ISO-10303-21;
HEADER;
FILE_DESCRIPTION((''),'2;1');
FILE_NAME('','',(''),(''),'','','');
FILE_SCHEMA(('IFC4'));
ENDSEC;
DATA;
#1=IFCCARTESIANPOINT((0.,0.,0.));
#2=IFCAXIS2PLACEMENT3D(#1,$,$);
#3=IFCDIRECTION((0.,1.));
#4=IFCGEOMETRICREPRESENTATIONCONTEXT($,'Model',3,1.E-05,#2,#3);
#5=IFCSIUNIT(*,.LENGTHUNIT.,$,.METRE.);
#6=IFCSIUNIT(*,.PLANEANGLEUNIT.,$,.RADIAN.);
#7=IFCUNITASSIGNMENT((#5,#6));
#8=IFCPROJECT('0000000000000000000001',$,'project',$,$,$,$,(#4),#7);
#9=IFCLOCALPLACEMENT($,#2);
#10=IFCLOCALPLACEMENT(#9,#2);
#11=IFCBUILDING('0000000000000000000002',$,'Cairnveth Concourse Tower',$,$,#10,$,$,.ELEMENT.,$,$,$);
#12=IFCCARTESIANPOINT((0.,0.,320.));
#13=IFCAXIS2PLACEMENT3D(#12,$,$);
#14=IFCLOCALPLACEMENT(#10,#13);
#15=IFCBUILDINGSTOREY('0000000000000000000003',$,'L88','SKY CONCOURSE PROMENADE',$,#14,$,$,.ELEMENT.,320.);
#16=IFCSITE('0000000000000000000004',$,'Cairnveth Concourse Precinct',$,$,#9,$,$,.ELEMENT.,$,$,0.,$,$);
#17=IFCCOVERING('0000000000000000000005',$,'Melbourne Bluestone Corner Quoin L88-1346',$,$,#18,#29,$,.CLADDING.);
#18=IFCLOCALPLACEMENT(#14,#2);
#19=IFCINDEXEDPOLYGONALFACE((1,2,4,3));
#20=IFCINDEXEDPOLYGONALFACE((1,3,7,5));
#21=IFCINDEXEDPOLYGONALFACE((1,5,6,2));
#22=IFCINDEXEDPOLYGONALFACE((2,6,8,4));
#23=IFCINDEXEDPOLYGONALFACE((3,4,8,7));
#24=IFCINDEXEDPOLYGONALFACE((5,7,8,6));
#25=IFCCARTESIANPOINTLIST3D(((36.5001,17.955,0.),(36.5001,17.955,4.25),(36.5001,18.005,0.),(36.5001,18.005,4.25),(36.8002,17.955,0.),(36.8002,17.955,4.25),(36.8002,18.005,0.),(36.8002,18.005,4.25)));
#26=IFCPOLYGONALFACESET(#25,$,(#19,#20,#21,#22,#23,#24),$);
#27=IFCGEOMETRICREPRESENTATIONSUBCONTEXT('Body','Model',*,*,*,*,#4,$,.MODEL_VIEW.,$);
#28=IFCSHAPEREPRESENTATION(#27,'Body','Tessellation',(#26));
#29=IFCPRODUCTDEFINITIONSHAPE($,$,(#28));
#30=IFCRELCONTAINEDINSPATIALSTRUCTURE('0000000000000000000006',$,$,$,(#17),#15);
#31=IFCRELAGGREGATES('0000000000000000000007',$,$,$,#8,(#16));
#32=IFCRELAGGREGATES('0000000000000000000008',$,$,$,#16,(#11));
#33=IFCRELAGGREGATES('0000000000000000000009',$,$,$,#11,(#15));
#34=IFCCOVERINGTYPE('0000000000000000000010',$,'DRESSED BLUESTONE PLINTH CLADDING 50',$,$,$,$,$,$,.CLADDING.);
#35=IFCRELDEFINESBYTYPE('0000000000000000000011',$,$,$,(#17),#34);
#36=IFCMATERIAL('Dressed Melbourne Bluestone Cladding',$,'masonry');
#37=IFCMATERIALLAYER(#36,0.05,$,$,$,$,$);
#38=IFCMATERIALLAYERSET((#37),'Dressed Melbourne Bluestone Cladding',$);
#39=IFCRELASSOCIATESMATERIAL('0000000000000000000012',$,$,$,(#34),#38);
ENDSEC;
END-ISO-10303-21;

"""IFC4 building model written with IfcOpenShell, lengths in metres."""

from ifc_helpers import new_model, si_unit, direction, frame, frame_2d, origin, place, context, subcontext, project, spatial, rectangle, extrude, material, layer, layer_set, type_object, element, save


model = new_model("IFC4")

# Units and contexts
model_context = context("Model", 3, precision=1e-05, world=origin(), true_north=direction((0.0, 1.0)))
body_context = subcontext(model_context, "Body", "Model", "MODEL_VIEW")
ifc_project = project(units=[si_unit("LENGTHUNIT", "METRE"), si_unit("PLANEANGLEUNIT", "RADIAN")], contexts=[model_context])

# Site, building, storey
site_placement = place(None, origin())
site = spatial("IfcSite", under=ifc_project, at=site_placement, Name="Cairnveth Concourse Precinct", CompositionType="ELEMENT", RefElevation=0.0)
building_placement = place(site_placement, origin())
building = spatial("IfcBuilding", under=site, at=building_placement, Name="Cairnveth Concourse Tower", CompositionType="ELEMENT")
storey_placement = place(building_placement, frame((0.0, 0.0, 320.0)))
storey = spatial("IfcBuildingStorey", under=building, at=storey_placement, Name="L88", Description="SKY CONCOURSE PROMENADE", CompositionType="ELEMENT", Elevation=320.0)

# Covering
ifc_material_1 = material(Name="Dressed Melbourne Bluestone Cladding", Category="masonry")
ifc_layer_1 = layer(ifc_material_1, 0.05)
ifc_layer_set_1 = layer_set([ifc_layer_1], Name="Dressed Melbourne Bluestone Cladding")
covering_type = type_object("IfcCoveringType", Name="DRESSED BLUESTONE PLINTH CLADDING 50", PredefinedType="CLADDING", material=ifc_layer_set_1)
covering_placement = place(storey_placement, frame((36.8, 17.98, 0.0), z_axis=(0.0, 0.0, 1.0), x_axis=(-1.0, 0.0, 0.0)))
element("IfcCovering", 1, at=covering_placement, inside=storey, type_object=covering_type, Name="Melbourne Bluestone Corner Quoin L88-1346", PredefinedType="CLADDING", context=body_context, shape_type="SweptSolid", body=[
    extrude(rectangle(XDim=0.3, YDim=0.05, at=frame_2d((0.1499, 0.0))), origin(), (0.0, 0.0, 1.0), 4.25),
])

save(model, "model.ifc")
